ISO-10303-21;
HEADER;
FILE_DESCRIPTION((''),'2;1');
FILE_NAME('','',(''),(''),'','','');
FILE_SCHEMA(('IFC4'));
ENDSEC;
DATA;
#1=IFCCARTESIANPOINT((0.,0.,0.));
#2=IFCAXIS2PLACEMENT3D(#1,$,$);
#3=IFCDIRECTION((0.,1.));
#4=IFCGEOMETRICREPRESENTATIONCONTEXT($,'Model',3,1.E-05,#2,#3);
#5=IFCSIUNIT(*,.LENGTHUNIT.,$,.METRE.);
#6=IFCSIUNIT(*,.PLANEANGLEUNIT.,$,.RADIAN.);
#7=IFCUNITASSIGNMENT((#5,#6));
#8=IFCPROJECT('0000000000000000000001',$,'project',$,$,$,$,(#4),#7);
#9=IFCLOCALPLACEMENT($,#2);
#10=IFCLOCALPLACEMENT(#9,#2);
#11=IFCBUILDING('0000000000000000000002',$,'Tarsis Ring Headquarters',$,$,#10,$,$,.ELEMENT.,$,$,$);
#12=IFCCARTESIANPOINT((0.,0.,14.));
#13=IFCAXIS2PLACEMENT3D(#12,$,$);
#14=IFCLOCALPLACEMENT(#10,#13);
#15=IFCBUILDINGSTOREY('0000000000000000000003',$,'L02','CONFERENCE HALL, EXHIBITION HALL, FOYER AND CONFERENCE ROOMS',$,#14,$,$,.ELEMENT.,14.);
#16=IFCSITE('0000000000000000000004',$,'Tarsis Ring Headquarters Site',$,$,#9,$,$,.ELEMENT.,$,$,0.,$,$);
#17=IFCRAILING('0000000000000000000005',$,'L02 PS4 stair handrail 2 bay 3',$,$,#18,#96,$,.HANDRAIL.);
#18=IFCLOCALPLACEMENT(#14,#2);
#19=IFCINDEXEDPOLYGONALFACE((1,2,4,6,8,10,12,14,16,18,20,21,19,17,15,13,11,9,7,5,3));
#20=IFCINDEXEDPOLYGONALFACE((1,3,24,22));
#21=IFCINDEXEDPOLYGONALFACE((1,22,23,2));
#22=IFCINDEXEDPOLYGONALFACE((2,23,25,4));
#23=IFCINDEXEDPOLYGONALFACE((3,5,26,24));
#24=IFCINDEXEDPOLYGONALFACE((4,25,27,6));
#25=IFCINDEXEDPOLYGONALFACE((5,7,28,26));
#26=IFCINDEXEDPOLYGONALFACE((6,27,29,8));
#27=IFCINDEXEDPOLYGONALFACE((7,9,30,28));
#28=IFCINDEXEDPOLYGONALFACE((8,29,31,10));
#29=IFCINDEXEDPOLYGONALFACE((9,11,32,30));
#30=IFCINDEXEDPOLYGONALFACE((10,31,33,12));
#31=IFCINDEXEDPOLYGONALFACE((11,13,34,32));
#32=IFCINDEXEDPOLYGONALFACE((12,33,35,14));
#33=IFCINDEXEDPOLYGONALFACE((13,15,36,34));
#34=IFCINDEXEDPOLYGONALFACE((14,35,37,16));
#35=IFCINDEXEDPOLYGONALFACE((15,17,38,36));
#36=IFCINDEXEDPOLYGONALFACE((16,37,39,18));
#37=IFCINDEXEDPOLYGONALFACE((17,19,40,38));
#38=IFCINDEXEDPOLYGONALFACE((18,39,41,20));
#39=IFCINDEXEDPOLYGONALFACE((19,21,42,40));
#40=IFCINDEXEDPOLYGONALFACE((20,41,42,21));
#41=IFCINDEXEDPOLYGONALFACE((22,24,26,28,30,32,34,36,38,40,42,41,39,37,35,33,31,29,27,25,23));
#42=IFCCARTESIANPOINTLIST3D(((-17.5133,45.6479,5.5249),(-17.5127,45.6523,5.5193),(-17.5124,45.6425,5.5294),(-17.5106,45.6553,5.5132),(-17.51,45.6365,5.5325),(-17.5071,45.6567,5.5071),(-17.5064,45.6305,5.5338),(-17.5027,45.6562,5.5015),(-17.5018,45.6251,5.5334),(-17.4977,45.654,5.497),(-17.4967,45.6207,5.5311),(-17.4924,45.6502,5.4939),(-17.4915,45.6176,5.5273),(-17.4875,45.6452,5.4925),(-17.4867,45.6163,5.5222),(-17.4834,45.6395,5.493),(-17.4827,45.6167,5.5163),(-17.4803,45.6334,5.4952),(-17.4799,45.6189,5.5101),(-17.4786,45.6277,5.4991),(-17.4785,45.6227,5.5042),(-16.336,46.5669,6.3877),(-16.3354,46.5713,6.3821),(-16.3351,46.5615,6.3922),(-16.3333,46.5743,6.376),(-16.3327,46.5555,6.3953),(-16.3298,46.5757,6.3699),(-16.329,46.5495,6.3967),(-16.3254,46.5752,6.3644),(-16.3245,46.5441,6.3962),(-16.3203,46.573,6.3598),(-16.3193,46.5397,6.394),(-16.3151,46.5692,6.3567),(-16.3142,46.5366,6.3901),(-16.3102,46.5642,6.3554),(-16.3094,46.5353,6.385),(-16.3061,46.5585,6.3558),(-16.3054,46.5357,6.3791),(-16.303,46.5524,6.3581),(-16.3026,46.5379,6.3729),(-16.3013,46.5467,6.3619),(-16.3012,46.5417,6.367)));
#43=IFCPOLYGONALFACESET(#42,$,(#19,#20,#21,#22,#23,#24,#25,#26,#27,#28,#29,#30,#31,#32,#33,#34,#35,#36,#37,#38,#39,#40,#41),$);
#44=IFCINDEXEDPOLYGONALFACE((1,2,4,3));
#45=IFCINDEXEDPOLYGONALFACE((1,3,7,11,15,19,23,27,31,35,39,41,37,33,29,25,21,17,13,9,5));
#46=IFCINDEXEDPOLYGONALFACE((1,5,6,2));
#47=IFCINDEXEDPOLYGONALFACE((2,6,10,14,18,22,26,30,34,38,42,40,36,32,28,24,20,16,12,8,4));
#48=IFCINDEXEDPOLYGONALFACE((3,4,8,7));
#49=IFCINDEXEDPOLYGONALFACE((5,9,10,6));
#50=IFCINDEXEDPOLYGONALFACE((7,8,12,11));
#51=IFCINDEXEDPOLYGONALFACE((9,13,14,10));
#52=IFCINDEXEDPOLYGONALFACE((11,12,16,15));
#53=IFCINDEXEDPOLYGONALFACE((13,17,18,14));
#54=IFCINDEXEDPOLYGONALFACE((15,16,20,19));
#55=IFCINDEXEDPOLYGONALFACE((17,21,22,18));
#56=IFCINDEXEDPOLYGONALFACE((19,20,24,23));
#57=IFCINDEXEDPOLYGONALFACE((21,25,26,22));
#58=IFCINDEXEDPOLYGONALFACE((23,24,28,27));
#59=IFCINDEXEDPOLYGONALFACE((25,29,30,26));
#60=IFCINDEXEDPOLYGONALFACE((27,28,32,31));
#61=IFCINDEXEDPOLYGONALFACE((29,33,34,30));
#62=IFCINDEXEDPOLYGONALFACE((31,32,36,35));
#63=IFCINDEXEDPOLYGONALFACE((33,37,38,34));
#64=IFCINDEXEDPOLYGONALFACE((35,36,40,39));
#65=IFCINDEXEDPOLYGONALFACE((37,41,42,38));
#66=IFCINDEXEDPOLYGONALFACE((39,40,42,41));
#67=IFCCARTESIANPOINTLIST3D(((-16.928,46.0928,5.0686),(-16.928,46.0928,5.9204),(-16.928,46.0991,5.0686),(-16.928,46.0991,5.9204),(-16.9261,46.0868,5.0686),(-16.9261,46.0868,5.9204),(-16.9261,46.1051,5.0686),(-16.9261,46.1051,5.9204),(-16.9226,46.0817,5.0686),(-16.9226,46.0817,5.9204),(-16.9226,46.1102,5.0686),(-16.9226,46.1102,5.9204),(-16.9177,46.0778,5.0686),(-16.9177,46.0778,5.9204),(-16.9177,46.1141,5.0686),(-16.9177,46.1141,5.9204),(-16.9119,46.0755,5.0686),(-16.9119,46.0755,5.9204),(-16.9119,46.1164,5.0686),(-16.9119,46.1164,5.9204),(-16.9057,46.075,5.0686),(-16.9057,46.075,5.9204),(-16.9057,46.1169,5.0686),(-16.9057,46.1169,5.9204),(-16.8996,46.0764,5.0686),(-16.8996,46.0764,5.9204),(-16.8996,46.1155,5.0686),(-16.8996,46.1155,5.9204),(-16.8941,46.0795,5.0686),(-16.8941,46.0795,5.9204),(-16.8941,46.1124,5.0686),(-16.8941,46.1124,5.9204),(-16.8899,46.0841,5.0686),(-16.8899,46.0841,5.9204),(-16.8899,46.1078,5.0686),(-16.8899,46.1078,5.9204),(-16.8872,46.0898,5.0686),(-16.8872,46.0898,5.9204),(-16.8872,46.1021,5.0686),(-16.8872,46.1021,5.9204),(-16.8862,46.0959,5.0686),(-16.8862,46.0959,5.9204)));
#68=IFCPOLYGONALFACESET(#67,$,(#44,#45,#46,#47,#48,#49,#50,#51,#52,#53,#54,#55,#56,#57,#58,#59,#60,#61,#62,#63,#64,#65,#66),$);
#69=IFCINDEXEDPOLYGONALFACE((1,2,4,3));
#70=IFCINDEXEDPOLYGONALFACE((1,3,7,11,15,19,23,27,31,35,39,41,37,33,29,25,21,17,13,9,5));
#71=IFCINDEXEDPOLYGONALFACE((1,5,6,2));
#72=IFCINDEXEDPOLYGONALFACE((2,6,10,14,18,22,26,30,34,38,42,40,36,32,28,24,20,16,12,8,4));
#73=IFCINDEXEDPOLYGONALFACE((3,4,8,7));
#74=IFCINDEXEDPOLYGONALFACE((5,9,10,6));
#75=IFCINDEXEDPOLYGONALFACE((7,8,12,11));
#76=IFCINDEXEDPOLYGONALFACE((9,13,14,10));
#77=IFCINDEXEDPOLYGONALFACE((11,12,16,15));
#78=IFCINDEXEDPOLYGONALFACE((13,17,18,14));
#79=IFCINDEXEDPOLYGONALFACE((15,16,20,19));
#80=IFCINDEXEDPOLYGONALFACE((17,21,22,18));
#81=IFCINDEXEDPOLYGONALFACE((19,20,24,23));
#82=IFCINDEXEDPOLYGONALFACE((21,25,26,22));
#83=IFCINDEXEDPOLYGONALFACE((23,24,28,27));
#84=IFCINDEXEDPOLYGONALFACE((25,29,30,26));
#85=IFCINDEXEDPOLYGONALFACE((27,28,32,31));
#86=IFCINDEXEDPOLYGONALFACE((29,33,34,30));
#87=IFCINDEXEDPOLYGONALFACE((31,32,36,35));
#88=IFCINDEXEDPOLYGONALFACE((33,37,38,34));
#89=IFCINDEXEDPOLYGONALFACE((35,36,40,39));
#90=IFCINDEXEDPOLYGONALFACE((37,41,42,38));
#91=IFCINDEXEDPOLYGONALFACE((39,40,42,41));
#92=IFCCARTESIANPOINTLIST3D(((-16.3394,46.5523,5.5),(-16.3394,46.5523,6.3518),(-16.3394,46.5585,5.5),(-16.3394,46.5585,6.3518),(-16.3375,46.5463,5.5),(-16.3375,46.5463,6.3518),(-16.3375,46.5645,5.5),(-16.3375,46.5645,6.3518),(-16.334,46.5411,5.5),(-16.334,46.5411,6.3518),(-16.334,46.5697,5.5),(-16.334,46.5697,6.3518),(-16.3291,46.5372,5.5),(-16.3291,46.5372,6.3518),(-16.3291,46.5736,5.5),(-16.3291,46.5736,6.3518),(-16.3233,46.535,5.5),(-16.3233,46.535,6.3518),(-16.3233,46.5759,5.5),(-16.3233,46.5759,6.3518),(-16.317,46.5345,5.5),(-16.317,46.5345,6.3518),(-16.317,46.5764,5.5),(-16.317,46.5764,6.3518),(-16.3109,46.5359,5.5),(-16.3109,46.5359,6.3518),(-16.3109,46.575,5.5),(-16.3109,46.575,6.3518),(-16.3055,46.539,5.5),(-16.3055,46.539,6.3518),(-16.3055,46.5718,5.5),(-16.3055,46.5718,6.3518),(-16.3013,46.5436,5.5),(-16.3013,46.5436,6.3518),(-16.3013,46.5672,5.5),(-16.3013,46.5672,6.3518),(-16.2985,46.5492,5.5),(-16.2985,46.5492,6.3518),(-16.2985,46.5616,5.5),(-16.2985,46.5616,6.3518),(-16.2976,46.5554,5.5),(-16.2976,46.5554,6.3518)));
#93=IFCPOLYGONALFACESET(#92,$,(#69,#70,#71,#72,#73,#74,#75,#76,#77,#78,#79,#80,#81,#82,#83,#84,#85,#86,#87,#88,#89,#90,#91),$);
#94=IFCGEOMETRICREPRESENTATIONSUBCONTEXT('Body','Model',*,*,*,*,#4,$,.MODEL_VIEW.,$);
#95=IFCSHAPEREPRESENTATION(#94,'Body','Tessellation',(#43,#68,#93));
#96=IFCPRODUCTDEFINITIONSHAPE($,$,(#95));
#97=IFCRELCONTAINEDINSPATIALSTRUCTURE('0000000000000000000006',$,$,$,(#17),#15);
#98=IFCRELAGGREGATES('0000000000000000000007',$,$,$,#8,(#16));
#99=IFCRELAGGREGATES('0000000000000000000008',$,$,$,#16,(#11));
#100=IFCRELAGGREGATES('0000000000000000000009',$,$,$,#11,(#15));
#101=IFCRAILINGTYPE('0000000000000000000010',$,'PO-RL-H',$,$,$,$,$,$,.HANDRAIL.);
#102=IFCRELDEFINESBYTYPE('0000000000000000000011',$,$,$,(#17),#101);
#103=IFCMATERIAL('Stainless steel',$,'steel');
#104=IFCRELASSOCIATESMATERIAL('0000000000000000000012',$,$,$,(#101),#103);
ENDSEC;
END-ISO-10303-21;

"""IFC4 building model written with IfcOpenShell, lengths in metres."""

from ifc_helpers import new_model, si_unit, direction, frame, origin, origin_2d, place, context, subcontext, project, spatial, circle, extrude, material, type_object, element, save


model = new_model("IFC4")

# Units and contexts
model_context = context("Model", 3, precision=1e-05, world=origin(), true_north=direction((0.0, 1.0)))
body_context = subcontext(model_context, "Body", "Model", "MODEL_VIEW")
ifc_project = project(units=[si_unit("LENGTHUNIT", "METRE"), si_unit("PLANEANGLEUNIT", "RADIAN")], contexts=[model_context])

# Site, building, storey
site_placement = place(None, origin())
site = spatial("IfcSite", under=ifc_project, at=site_placement, Name="Tarsis Ring Headquarters Site", CompositionType="ELEMENT", RefElevation=0.0)
building_placement = place(site_placement, origin())
building = spatial("IfcBuilding", under=site, at=building_placement, Name="Tarsis Ring Headquarters", CompositionType="ELEMENT")
storey_placement = place(building_placement, frame((0.0, 0.0, 14.0)))
storey = spatial("IfcBuildingStorey", under=building, at=storey_placement, Name="L02", Description="CONFERENCE HALL, EXHIBITION HALL, FOYER AND CONFERENCE ROOMS", CompositionType="ELEMENT", Elevation=14.0)

# Railing
ifc_material_1 = material(Name="Stainless steel", Category="steel")
railing_type_1 = type_object("IfcRailingType", Name="PO-RL-H", PredefinedType="HANDRAIL", material=ifc_material_1)
railing_1_placement = place(storey_placement, frame((-17.4958, 45.6365, 4.6372)))
element("IfcRailing", 1, at=railing_1_placement, inside=storey, type_object=railing_type_1, Name="L02 PS4 stair handrail 2 bay 3", PredefinedType="HANDRAIL", context=body_context, shape_type="SweptSolid", body=[
    extrude(circle(Radius=0.0239, at=origin_2d()), frame((0.0, 0.0, 0.876), z_axis=(0.682558, 0.532798, 0.500241), x_axis=(-0.61532, 0.788277, 0.0)), (0.0, 0.0, 1.0), 1.7249),
    extrude(circle(Radius=0.021, at=origin_2d()), frame((0.5886, 0.4595, 0.4314)), (0.0, 0.0, 1.0), 0.8518),
    extrude(circle(Radius=0.021, at=origin_2d()), frame((1.1772, 0.9189, 0.8628)), (0.0, 0.0, 1.0), 0.8518),
])

save(model, "model.ifc")
